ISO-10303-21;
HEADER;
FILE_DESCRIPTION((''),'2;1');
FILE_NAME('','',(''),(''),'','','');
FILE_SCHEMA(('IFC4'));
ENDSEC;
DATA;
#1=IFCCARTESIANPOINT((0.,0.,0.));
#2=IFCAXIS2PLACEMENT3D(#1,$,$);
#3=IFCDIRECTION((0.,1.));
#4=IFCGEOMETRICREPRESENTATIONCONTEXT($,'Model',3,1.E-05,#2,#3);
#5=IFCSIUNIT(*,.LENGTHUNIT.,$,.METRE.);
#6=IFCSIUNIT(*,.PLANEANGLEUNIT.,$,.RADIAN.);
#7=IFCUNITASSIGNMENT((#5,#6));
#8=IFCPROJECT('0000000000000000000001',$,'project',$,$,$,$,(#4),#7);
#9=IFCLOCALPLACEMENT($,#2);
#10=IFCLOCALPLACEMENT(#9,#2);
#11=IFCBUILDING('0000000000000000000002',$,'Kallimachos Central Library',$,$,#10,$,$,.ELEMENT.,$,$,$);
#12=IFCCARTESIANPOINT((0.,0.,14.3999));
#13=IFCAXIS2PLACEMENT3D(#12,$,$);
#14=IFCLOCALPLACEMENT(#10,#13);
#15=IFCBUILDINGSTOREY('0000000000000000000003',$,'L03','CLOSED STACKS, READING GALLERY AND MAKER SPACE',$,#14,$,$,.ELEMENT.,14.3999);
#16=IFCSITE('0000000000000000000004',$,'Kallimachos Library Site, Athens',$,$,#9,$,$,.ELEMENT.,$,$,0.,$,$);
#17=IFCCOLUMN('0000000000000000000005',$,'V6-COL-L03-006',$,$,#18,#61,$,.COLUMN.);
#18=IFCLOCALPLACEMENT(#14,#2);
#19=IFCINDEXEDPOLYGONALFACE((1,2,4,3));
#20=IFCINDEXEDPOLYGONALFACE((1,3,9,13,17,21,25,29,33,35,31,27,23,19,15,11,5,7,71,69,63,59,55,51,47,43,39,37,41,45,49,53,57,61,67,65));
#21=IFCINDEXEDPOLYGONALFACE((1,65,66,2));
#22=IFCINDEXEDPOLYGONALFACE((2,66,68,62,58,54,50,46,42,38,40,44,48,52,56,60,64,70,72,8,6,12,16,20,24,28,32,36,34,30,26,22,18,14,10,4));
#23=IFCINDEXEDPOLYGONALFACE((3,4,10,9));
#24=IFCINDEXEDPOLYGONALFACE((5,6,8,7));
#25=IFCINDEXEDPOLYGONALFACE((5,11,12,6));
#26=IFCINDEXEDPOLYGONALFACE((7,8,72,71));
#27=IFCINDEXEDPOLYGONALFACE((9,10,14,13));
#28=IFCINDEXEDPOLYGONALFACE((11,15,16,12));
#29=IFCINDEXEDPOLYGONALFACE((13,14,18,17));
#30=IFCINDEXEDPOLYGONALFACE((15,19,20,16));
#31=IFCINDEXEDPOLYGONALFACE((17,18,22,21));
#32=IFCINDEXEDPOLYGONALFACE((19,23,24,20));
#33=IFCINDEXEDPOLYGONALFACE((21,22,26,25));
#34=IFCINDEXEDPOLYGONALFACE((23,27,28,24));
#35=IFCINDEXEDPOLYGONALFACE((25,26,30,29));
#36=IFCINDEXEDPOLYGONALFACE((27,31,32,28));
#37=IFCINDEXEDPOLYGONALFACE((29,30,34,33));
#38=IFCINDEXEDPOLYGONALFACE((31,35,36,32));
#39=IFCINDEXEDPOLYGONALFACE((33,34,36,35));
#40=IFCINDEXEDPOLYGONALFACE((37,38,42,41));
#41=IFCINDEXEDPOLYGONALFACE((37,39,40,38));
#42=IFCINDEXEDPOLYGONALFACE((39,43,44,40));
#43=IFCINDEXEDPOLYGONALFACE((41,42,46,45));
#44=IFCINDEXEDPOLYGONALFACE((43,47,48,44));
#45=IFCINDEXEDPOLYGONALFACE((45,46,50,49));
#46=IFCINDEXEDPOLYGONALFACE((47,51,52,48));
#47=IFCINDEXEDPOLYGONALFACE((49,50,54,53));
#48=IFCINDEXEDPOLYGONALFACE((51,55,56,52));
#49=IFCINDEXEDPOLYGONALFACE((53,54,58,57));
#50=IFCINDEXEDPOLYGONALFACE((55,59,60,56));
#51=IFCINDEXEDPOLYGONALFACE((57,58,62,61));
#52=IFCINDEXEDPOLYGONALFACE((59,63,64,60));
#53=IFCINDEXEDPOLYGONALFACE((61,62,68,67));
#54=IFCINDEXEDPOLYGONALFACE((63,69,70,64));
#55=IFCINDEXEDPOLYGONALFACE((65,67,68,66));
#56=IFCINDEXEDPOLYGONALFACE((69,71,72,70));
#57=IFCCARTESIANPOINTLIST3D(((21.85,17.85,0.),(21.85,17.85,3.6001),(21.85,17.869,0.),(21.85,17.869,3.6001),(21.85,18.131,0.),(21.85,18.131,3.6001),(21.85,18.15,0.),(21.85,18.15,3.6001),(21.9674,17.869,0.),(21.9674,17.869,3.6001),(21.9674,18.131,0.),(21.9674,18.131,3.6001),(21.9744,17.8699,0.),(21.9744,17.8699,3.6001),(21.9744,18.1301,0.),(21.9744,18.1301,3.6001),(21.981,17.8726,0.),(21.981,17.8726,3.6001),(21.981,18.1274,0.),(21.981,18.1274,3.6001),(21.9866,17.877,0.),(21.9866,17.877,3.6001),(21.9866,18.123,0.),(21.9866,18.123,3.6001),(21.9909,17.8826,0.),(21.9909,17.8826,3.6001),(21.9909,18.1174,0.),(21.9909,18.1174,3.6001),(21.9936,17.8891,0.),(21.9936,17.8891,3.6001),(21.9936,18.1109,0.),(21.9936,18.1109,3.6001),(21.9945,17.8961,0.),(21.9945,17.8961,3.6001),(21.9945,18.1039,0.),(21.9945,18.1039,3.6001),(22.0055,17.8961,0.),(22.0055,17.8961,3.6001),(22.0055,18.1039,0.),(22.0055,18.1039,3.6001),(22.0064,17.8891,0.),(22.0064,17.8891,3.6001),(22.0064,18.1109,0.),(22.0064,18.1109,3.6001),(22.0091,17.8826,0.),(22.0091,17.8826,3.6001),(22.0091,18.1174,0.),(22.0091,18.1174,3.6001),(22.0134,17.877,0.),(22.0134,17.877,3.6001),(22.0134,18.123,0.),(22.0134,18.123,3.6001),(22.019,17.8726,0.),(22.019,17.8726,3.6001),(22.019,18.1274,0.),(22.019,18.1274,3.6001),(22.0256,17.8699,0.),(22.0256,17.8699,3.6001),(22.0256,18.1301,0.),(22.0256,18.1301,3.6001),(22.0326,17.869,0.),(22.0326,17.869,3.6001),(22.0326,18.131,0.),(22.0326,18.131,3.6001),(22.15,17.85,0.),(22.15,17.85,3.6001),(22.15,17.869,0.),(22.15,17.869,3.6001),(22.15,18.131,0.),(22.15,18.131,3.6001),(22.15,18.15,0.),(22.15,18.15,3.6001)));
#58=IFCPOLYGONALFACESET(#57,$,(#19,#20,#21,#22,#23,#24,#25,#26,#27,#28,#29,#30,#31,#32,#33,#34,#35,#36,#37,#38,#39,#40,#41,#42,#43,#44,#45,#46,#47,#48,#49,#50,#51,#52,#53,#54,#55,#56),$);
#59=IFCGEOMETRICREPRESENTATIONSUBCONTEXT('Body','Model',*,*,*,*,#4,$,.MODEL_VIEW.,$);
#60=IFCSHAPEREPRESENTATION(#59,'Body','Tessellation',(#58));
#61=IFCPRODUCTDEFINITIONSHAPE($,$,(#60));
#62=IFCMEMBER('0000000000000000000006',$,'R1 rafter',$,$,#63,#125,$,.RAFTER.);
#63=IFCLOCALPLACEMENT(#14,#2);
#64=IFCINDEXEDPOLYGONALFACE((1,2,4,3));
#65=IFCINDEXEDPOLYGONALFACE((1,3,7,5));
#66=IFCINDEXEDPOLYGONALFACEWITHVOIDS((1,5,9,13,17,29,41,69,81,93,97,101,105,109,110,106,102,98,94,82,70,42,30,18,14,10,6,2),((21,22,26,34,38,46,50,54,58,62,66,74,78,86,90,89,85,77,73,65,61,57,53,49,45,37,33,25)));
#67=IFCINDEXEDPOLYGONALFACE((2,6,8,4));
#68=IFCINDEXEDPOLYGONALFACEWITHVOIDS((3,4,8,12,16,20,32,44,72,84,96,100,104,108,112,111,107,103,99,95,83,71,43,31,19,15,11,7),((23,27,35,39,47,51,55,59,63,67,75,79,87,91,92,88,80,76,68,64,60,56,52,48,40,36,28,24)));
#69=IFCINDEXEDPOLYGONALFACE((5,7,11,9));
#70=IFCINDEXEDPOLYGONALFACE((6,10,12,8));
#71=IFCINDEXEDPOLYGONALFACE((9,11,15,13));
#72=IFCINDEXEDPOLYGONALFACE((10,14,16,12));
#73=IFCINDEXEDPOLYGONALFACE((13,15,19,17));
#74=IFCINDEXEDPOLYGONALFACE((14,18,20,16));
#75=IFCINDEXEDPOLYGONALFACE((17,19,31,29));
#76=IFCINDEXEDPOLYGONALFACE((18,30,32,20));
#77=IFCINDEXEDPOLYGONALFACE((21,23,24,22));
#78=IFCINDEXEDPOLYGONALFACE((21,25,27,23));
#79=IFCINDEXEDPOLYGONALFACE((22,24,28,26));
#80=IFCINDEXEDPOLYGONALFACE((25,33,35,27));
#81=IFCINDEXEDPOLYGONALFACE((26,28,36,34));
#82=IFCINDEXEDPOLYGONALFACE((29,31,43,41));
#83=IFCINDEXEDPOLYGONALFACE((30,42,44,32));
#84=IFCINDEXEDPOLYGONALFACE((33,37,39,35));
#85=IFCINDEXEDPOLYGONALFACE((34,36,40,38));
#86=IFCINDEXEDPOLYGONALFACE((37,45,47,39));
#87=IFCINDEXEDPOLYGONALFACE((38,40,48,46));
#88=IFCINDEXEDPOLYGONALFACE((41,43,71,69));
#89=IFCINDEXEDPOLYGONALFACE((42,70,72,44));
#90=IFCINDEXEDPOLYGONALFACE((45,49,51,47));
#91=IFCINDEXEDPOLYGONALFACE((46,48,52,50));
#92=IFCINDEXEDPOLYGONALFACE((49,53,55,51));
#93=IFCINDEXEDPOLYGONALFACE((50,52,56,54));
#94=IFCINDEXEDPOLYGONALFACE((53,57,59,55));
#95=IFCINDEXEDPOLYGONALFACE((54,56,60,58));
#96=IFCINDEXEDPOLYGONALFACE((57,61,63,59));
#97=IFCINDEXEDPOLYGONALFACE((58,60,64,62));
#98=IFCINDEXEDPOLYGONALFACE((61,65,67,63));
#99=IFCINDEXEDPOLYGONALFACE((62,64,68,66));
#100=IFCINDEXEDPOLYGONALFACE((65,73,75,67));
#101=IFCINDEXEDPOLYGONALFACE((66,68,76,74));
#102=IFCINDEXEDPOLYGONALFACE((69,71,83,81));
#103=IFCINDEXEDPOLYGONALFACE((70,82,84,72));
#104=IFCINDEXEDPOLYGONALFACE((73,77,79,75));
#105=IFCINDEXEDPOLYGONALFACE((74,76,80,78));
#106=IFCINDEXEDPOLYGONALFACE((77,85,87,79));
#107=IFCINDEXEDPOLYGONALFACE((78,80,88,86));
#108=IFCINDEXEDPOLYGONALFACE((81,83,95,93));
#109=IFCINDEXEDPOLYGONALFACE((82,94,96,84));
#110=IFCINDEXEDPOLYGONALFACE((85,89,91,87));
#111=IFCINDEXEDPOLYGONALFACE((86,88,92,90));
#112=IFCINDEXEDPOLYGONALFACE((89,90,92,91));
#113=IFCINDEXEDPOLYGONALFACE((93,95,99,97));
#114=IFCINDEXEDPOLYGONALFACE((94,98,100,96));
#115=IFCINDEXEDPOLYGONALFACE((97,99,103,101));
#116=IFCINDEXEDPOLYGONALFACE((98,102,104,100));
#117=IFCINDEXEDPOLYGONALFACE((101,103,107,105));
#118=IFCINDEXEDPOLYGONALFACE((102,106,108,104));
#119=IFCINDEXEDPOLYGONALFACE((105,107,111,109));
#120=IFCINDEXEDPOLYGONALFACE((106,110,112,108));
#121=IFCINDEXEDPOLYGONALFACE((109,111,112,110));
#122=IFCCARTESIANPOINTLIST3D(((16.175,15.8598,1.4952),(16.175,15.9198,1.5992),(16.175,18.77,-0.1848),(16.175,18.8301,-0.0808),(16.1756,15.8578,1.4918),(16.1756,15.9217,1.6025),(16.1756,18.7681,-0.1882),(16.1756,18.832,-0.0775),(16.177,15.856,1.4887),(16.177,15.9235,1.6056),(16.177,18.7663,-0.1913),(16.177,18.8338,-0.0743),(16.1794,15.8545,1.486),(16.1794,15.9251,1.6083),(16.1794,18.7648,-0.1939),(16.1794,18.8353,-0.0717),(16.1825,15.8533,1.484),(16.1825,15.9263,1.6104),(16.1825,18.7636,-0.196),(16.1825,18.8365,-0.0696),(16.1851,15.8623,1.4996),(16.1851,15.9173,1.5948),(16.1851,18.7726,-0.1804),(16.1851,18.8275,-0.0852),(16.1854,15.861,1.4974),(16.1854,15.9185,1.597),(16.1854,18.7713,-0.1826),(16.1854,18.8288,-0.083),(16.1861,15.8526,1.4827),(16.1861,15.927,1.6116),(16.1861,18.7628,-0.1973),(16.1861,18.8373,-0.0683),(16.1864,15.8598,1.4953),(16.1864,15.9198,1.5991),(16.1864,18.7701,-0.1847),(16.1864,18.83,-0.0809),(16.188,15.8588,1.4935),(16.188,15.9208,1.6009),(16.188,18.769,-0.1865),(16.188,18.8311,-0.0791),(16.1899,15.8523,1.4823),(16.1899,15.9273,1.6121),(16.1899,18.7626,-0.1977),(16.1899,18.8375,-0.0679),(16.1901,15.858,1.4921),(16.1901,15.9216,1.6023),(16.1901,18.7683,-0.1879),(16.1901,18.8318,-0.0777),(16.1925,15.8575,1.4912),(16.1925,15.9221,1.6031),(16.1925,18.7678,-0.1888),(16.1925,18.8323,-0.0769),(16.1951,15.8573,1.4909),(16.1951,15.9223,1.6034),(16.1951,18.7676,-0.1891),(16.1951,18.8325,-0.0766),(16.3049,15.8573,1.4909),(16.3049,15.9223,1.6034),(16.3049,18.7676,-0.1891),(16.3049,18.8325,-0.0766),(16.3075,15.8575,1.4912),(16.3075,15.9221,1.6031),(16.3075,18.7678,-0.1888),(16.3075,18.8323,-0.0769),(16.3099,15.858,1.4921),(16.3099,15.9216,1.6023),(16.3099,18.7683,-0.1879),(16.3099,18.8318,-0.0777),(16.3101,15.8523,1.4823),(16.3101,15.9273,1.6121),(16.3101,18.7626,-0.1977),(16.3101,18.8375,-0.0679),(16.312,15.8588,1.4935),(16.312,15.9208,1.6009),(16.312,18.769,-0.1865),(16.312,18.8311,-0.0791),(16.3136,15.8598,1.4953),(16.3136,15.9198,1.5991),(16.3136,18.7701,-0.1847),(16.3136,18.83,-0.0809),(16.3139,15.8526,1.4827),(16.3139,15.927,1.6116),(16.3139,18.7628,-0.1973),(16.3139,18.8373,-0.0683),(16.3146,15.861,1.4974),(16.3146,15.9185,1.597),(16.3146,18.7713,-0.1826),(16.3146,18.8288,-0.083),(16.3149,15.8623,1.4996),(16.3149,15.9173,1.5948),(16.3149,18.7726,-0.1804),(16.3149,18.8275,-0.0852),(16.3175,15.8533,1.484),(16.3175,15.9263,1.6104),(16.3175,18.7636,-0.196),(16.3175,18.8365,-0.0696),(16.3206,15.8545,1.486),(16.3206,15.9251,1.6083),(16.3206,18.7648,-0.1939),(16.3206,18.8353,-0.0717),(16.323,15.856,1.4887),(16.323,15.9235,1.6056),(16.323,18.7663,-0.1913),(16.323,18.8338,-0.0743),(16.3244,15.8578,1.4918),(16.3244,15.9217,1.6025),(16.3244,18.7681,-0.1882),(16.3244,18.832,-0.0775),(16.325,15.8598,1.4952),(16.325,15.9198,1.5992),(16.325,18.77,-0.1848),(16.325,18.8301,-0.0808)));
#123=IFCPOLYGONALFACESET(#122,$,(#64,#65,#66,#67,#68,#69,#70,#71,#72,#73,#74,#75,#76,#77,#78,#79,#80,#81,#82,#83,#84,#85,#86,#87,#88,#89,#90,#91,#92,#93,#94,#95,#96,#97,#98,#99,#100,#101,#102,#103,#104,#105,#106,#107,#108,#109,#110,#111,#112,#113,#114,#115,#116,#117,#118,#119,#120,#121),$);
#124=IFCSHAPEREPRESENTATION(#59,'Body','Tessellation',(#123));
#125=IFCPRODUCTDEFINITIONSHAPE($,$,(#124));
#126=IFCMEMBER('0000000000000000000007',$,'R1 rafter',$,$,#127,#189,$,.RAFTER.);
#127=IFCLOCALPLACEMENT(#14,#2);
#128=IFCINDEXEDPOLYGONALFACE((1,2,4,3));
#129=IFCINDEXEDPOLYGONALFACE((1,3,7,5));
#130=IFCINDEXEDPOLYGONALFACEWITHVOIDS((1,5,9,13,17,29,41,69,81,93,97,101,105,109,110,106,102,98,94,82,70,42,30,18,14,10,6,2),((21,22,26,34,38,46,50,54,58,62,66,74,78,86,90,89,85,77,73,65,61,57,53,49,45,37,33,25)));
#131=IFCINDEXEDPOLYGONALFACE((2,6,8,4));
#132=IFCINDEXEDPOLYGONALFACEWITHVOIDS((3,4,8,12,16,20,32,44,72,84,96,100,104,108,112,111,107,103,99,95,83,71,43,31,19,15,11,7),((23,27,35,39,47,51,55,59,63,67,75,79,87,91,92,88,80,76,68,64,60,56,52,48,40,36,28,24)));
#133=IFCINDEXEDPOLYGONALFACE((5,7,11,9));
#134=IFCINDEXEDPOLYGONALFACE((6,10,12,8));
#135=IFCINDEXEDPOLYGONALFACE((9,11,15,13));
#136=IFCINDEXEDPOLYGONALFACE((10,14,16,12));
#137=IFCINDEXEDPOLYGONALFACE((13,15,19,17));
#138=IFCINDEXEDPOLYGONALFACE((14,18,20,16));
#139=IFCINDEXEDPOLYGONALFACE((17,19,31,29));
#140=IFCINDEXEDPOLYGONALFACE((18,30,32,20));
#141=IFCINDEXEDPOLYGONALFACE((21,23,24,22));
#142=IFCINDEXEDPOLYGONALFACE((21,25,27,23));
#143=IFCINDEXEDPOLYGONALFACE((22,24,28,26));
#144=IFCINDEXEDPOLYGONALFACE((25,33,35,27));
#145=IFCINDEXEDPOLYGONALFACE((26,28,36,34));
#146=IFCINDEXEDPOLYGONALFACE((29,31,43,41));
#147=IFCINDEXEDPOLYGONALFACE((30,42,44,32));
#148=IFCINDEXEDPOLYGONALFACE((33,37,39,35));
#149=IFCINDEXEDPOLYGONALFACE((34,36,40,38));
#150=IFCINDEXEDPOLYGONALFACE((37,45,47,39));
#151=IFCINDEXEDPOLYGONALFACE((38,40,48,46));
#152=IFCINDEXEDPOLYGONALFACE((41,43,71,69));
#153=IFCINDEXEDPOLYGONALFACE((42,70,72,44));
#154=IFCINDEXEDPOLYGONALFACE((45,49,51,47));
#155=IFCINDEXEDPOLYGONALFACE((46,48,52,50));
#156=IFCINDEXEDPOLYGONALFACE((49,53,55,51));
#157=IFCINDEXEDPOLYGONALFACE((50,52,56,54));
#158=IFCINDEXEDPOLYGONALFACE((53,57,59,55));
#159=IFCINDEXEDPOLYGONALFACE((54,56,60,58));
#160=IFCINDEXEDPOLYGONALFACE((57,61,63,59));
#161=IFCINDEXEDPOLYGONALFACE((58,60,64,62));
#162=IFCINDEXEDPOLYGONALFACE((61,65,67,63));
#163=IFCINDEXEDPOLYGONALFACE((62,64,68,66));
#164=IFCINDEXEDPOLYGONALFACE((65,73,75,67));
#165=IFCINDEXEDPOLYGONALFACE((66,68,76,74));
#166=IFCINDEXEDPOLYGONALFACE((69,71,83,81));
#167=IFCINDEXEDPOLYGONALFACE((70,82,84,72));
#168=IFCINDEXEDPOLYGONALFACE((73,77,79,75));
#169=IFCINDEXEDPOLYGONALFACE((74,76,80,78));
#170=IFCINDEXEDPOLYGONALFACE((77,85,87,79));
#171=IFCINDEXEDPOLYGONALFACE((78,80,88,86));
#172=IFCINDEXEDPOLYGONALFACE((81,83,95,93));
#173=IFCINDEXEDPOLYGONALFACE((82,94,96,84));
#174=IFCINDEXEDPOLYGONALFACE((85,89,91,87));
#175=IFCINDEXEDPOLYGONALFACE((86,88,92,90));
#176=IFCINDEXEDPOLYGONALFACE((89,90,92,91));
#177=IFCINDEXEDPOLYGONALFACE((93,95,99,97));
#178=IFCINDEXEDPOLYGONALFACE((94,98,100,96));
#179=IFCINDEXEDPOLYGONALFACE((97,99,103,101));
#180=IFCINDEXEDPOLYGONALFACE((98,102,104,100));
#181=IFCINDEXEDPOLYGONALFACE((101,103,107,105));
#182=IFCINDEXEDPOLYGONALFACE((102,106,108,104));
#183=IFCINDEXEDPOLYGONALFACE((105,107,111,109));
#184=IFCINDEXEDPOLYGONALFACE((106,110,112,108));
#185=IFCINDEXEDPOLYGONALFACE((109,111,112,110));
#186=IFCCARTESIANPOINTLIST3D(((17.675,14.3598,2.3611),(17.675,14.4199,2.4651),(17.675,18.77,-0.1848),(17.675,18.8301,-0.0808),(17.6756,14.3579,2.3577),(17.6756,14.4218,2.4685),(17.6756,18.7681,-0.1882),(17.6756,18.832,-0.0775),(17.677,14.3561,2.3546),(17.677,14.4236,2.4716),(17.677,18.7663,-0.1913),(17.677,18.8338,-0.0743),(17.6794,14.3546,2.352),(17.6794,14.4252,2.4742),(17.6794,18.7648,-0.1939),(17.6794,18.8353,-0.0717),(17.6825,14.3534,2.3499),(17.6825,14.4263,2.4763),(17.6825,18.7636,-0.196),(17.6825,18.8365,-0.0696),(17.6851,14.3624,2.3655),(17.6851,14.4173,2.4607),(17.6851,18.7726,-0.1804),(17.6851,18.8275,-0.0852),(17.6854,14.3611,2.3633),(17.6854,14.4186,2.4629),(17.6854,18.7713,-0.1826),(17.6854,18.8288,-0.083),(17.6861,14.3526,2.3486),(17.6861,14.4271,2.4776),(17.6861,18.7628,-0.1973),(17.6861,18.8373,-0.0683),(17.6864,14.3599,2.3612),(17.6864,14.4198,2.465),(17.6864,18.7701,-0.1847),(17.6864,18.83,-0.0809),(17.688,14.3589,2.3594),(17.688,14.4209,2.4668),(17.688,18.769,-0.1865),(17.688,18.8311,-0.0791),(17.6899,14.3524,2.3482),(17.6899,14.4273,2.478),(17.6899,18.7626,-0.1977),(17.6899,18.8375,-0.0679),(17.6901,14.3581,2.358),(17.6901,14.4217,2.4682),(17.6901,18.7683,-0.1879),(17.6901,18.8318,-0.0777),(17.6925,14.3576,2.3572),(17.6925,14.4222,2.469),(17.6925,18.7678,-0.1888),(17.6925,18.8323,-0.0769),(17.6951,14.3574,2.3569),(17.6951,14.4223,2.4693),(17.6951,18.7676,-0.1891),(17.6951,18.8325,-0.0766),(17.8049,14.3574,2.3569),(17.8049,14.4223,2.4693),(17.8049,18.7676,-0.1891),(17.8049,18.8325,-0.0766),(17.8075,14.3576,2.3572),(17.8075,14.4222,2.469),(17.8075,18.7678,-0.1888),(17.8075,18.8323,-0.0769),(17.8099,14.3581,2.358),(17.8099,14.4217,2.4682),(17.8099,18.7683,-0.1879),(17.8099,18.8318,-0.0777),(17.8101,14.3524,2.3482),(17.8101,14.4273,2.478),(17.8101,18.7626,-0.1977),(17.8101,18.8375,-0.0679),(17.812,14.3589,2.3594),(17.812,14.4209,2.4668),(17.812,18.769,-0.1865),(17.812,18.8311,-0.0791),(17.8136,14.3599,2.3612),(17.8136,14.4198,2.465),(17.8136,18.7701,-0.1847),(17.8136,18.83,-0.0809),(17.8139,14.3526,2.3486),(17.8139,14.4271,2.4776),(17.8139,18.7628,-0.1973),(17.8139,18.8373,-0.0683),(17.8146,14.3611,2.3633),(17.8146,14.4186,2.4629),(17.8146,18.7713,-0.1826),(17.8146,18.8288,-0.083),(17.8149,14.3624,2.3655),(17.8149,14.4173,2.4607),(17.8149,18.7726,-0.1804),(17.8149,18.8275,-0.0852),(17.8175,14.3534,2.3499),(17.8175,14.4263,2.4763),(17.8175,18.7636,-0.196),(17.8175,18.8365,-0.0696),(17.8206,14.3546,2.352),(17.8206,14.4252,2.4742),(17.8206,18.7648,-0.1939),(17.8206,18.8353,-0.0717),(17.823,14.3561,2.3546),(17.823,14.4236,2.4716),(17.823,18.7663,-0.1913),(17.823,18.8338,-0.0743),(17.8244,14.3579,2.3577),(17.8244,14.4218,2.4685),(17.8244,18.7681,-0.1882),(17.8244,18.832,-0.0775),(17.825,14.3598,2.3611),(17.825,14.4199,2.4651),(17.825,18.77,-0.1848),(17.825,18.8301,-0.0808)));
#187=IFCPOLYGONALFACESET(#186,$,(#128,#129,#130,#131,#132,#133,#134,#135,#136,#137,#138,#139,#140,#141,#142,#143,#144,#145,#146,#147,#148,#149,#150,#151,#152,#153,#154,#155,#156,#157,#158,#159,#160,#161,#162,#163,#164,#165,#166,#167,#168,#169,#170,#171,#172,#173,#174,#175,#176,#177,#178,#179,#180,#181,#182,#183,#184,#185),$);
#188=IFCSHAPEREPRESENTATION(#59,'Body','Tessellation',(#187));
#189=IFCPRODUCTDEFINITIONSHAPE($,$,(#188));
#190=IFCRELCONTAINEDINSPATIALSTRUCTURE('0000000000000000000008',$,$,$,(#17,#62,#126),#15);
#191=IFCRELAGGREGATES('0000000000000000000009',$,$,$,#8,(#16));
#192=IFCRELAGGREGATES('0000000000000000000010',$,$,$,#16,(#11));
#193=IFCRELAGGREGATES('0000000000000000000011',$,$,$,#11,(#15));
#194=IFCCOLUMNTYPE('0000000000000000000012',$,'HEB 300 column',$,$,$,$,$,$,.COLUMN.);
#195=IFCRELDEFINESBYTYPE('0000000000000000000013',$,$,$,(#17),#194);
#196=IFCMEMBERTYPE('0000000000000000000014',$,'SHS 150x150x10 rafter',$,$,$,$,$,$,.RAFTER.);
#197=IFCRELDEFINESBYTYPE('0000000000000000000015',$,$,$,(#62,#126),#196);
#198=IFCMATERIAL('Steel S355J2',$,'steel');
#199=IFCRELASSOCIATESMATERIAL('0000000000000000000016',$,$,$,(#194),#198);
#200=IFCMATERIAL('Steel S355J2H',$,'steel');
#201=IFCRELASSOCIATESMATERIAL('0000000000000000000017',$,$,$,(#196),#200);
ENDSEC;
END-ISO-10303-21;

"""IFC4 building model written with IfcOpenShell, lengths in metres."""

from ifc_helpers import new_model, si_unit, direction, frame, origin, origin_2d, place, context, subcontext, project, spatial, hollow_rectangle, i_section, extrude, material, material_profile, profile_set, type_object, element, save


model = new_model("IFC4")

# Units and contexts
model_context = context("Model", 3, precision=1e-05, world=origin(), true_north=direction((0.0, 1.0)))
body_context = subcontext(model_context, "Body", "Model", "MODEL_VIEW")
ifc_project = project(units=[si_unit("LENGTHUNIT", "METRE"), si_unit("PLANEANGLEUNIT", "RADIAN")], contexts=[model_context])

# Site, building, storey
site_placement = place(None, origin())
site = spatial("IfcSite", under=ifc_project, at=site_placement, Name="Kallimachos Library Site, Athens", CompositionType="ELEMENT", RefElevation=0.0)
building_placement = place(site_placement, origin())
building = spatial("IfcBuilding", under=site, at=building_placement, Name="Kallimachos Central Library", CompositionType="ELEMENT")
storey_placement = place(building_placement, frame((0.0, 0.0, 14.3999)))
storey = spatial("IfcBuildingStorey", under=building, at=storey_placement, Name="L03", Description="CLOSED STACKS, READING GALLERY AND MAKER SPACE", CompositionType="ELEMENT", Elevation=14.3999)

# Column
ifc_material_1 = material(Name="Steel S355J2", Category="steel")
ifc_material_profile_1 = material_profile(ifc_material_1, i_section(OverallWidth=0.3, OverallDepth=0.3, WebThickness=0.011, FlangeThickness=0.019, FilletRadius=0.0271, at=origin_2d()), Name="HEB 300")
ifc_profile_set_1 = profile_set([ifc_material_profile_1], Name="Steel S355J2")
column_type = type_object("IfcColumnType", Name="HEB 300 column", PredefinedType="COLUMN", material=ifc_profile_set_1)
column_placement = place(storey_placement, frame((22.0, 18.0, 0.0), z_axis=(0.0, 0.0, 1.0), x_axis=(1.0, 0.0, 0.0)))
element("IfcColumn", 1, at=column_placement, inside=storey, type_object=column_type, Name="V6-COL-L03-006", PredefinedType="COLUMN", context=body_context, shape_type="SweptSolid", body=[
    extrude(i_section(OverallWidth=0.3, OverallDepth=0.3, WebThickness=0.011, FlangeThickness=0.019, FilletRadius=0.0271, at=origin_2d()), origin(), (0.0, 0.0, 1.0), 3.6001),
])

# Members
ifc_material_2 = material(Name="Steel S355J2H", Category="steel")
ifc_material_profile_2 = material_profile(ifc_material_2, hollow_rectangle(XDim=0.1499, YDim=0.1499, WallThickness=0.01, InnerFilletRadius=0.01, OuterFilletRadius=0.0149, at=origin_2d()), Name="SHS 150x150x10")
ifc_profile_set_2 = profile_set([ifc_material_profile_2], Name="Steel S355J2H")
member_type_1 = type_object("IfcMemberType", Name="SHS 150x150x10 rafter", PredefinedType="RAFTER", material=ifc_profile_set_2)
member_1_placement = place(storey_placement, frame((16.25, 18.8, -0.1328), z_axis=(0.0, -0.866057, 0.499945), x_axis=(1.0, 0.0, 0.0)))
element("IfcMember", 2, at=member_1_placement, inside=storey, type_object=member_type_1, Name="R1 rafter", PredefinedType="RAFTER", context=body_context, shape_type="SweptSolid", body=[
    extrude(hollow_rectangle(XDim=0.1499, YDim=0.1499, WallThickness=0.01, InnerFilletRadius=0.01, OuterFilletRadius=0.0149, at=origin_2d()), origin(), (0.0, 0.0, 1.0), 3.3604),
])
member_2_placement = place(storey_placement, frame((17.75, 18.8, -0.1328), z_axis=(0.0, -0.866051, 0.499955), x_axis=(1.0, 0.0, 0.0)))
element("IfcMember", 3, at=member_2_placement, inside=storey, type_object=member_type_1, Name="R1 rafter", PredefinedType="RAFTER", context=body_context, shape_type="SweptSolid", body=[
    extrude(hollow_rectangle(XDim=0.1499, YDim=0.1499, WallThickness=0.01, InnerFilletRadius=0.01, OuterFilletRadius=0.0149, at=origin_2d()), origin(), (0.0, 0.0, 1.0), 5.0923),
])

save(model, "model.ifc")
